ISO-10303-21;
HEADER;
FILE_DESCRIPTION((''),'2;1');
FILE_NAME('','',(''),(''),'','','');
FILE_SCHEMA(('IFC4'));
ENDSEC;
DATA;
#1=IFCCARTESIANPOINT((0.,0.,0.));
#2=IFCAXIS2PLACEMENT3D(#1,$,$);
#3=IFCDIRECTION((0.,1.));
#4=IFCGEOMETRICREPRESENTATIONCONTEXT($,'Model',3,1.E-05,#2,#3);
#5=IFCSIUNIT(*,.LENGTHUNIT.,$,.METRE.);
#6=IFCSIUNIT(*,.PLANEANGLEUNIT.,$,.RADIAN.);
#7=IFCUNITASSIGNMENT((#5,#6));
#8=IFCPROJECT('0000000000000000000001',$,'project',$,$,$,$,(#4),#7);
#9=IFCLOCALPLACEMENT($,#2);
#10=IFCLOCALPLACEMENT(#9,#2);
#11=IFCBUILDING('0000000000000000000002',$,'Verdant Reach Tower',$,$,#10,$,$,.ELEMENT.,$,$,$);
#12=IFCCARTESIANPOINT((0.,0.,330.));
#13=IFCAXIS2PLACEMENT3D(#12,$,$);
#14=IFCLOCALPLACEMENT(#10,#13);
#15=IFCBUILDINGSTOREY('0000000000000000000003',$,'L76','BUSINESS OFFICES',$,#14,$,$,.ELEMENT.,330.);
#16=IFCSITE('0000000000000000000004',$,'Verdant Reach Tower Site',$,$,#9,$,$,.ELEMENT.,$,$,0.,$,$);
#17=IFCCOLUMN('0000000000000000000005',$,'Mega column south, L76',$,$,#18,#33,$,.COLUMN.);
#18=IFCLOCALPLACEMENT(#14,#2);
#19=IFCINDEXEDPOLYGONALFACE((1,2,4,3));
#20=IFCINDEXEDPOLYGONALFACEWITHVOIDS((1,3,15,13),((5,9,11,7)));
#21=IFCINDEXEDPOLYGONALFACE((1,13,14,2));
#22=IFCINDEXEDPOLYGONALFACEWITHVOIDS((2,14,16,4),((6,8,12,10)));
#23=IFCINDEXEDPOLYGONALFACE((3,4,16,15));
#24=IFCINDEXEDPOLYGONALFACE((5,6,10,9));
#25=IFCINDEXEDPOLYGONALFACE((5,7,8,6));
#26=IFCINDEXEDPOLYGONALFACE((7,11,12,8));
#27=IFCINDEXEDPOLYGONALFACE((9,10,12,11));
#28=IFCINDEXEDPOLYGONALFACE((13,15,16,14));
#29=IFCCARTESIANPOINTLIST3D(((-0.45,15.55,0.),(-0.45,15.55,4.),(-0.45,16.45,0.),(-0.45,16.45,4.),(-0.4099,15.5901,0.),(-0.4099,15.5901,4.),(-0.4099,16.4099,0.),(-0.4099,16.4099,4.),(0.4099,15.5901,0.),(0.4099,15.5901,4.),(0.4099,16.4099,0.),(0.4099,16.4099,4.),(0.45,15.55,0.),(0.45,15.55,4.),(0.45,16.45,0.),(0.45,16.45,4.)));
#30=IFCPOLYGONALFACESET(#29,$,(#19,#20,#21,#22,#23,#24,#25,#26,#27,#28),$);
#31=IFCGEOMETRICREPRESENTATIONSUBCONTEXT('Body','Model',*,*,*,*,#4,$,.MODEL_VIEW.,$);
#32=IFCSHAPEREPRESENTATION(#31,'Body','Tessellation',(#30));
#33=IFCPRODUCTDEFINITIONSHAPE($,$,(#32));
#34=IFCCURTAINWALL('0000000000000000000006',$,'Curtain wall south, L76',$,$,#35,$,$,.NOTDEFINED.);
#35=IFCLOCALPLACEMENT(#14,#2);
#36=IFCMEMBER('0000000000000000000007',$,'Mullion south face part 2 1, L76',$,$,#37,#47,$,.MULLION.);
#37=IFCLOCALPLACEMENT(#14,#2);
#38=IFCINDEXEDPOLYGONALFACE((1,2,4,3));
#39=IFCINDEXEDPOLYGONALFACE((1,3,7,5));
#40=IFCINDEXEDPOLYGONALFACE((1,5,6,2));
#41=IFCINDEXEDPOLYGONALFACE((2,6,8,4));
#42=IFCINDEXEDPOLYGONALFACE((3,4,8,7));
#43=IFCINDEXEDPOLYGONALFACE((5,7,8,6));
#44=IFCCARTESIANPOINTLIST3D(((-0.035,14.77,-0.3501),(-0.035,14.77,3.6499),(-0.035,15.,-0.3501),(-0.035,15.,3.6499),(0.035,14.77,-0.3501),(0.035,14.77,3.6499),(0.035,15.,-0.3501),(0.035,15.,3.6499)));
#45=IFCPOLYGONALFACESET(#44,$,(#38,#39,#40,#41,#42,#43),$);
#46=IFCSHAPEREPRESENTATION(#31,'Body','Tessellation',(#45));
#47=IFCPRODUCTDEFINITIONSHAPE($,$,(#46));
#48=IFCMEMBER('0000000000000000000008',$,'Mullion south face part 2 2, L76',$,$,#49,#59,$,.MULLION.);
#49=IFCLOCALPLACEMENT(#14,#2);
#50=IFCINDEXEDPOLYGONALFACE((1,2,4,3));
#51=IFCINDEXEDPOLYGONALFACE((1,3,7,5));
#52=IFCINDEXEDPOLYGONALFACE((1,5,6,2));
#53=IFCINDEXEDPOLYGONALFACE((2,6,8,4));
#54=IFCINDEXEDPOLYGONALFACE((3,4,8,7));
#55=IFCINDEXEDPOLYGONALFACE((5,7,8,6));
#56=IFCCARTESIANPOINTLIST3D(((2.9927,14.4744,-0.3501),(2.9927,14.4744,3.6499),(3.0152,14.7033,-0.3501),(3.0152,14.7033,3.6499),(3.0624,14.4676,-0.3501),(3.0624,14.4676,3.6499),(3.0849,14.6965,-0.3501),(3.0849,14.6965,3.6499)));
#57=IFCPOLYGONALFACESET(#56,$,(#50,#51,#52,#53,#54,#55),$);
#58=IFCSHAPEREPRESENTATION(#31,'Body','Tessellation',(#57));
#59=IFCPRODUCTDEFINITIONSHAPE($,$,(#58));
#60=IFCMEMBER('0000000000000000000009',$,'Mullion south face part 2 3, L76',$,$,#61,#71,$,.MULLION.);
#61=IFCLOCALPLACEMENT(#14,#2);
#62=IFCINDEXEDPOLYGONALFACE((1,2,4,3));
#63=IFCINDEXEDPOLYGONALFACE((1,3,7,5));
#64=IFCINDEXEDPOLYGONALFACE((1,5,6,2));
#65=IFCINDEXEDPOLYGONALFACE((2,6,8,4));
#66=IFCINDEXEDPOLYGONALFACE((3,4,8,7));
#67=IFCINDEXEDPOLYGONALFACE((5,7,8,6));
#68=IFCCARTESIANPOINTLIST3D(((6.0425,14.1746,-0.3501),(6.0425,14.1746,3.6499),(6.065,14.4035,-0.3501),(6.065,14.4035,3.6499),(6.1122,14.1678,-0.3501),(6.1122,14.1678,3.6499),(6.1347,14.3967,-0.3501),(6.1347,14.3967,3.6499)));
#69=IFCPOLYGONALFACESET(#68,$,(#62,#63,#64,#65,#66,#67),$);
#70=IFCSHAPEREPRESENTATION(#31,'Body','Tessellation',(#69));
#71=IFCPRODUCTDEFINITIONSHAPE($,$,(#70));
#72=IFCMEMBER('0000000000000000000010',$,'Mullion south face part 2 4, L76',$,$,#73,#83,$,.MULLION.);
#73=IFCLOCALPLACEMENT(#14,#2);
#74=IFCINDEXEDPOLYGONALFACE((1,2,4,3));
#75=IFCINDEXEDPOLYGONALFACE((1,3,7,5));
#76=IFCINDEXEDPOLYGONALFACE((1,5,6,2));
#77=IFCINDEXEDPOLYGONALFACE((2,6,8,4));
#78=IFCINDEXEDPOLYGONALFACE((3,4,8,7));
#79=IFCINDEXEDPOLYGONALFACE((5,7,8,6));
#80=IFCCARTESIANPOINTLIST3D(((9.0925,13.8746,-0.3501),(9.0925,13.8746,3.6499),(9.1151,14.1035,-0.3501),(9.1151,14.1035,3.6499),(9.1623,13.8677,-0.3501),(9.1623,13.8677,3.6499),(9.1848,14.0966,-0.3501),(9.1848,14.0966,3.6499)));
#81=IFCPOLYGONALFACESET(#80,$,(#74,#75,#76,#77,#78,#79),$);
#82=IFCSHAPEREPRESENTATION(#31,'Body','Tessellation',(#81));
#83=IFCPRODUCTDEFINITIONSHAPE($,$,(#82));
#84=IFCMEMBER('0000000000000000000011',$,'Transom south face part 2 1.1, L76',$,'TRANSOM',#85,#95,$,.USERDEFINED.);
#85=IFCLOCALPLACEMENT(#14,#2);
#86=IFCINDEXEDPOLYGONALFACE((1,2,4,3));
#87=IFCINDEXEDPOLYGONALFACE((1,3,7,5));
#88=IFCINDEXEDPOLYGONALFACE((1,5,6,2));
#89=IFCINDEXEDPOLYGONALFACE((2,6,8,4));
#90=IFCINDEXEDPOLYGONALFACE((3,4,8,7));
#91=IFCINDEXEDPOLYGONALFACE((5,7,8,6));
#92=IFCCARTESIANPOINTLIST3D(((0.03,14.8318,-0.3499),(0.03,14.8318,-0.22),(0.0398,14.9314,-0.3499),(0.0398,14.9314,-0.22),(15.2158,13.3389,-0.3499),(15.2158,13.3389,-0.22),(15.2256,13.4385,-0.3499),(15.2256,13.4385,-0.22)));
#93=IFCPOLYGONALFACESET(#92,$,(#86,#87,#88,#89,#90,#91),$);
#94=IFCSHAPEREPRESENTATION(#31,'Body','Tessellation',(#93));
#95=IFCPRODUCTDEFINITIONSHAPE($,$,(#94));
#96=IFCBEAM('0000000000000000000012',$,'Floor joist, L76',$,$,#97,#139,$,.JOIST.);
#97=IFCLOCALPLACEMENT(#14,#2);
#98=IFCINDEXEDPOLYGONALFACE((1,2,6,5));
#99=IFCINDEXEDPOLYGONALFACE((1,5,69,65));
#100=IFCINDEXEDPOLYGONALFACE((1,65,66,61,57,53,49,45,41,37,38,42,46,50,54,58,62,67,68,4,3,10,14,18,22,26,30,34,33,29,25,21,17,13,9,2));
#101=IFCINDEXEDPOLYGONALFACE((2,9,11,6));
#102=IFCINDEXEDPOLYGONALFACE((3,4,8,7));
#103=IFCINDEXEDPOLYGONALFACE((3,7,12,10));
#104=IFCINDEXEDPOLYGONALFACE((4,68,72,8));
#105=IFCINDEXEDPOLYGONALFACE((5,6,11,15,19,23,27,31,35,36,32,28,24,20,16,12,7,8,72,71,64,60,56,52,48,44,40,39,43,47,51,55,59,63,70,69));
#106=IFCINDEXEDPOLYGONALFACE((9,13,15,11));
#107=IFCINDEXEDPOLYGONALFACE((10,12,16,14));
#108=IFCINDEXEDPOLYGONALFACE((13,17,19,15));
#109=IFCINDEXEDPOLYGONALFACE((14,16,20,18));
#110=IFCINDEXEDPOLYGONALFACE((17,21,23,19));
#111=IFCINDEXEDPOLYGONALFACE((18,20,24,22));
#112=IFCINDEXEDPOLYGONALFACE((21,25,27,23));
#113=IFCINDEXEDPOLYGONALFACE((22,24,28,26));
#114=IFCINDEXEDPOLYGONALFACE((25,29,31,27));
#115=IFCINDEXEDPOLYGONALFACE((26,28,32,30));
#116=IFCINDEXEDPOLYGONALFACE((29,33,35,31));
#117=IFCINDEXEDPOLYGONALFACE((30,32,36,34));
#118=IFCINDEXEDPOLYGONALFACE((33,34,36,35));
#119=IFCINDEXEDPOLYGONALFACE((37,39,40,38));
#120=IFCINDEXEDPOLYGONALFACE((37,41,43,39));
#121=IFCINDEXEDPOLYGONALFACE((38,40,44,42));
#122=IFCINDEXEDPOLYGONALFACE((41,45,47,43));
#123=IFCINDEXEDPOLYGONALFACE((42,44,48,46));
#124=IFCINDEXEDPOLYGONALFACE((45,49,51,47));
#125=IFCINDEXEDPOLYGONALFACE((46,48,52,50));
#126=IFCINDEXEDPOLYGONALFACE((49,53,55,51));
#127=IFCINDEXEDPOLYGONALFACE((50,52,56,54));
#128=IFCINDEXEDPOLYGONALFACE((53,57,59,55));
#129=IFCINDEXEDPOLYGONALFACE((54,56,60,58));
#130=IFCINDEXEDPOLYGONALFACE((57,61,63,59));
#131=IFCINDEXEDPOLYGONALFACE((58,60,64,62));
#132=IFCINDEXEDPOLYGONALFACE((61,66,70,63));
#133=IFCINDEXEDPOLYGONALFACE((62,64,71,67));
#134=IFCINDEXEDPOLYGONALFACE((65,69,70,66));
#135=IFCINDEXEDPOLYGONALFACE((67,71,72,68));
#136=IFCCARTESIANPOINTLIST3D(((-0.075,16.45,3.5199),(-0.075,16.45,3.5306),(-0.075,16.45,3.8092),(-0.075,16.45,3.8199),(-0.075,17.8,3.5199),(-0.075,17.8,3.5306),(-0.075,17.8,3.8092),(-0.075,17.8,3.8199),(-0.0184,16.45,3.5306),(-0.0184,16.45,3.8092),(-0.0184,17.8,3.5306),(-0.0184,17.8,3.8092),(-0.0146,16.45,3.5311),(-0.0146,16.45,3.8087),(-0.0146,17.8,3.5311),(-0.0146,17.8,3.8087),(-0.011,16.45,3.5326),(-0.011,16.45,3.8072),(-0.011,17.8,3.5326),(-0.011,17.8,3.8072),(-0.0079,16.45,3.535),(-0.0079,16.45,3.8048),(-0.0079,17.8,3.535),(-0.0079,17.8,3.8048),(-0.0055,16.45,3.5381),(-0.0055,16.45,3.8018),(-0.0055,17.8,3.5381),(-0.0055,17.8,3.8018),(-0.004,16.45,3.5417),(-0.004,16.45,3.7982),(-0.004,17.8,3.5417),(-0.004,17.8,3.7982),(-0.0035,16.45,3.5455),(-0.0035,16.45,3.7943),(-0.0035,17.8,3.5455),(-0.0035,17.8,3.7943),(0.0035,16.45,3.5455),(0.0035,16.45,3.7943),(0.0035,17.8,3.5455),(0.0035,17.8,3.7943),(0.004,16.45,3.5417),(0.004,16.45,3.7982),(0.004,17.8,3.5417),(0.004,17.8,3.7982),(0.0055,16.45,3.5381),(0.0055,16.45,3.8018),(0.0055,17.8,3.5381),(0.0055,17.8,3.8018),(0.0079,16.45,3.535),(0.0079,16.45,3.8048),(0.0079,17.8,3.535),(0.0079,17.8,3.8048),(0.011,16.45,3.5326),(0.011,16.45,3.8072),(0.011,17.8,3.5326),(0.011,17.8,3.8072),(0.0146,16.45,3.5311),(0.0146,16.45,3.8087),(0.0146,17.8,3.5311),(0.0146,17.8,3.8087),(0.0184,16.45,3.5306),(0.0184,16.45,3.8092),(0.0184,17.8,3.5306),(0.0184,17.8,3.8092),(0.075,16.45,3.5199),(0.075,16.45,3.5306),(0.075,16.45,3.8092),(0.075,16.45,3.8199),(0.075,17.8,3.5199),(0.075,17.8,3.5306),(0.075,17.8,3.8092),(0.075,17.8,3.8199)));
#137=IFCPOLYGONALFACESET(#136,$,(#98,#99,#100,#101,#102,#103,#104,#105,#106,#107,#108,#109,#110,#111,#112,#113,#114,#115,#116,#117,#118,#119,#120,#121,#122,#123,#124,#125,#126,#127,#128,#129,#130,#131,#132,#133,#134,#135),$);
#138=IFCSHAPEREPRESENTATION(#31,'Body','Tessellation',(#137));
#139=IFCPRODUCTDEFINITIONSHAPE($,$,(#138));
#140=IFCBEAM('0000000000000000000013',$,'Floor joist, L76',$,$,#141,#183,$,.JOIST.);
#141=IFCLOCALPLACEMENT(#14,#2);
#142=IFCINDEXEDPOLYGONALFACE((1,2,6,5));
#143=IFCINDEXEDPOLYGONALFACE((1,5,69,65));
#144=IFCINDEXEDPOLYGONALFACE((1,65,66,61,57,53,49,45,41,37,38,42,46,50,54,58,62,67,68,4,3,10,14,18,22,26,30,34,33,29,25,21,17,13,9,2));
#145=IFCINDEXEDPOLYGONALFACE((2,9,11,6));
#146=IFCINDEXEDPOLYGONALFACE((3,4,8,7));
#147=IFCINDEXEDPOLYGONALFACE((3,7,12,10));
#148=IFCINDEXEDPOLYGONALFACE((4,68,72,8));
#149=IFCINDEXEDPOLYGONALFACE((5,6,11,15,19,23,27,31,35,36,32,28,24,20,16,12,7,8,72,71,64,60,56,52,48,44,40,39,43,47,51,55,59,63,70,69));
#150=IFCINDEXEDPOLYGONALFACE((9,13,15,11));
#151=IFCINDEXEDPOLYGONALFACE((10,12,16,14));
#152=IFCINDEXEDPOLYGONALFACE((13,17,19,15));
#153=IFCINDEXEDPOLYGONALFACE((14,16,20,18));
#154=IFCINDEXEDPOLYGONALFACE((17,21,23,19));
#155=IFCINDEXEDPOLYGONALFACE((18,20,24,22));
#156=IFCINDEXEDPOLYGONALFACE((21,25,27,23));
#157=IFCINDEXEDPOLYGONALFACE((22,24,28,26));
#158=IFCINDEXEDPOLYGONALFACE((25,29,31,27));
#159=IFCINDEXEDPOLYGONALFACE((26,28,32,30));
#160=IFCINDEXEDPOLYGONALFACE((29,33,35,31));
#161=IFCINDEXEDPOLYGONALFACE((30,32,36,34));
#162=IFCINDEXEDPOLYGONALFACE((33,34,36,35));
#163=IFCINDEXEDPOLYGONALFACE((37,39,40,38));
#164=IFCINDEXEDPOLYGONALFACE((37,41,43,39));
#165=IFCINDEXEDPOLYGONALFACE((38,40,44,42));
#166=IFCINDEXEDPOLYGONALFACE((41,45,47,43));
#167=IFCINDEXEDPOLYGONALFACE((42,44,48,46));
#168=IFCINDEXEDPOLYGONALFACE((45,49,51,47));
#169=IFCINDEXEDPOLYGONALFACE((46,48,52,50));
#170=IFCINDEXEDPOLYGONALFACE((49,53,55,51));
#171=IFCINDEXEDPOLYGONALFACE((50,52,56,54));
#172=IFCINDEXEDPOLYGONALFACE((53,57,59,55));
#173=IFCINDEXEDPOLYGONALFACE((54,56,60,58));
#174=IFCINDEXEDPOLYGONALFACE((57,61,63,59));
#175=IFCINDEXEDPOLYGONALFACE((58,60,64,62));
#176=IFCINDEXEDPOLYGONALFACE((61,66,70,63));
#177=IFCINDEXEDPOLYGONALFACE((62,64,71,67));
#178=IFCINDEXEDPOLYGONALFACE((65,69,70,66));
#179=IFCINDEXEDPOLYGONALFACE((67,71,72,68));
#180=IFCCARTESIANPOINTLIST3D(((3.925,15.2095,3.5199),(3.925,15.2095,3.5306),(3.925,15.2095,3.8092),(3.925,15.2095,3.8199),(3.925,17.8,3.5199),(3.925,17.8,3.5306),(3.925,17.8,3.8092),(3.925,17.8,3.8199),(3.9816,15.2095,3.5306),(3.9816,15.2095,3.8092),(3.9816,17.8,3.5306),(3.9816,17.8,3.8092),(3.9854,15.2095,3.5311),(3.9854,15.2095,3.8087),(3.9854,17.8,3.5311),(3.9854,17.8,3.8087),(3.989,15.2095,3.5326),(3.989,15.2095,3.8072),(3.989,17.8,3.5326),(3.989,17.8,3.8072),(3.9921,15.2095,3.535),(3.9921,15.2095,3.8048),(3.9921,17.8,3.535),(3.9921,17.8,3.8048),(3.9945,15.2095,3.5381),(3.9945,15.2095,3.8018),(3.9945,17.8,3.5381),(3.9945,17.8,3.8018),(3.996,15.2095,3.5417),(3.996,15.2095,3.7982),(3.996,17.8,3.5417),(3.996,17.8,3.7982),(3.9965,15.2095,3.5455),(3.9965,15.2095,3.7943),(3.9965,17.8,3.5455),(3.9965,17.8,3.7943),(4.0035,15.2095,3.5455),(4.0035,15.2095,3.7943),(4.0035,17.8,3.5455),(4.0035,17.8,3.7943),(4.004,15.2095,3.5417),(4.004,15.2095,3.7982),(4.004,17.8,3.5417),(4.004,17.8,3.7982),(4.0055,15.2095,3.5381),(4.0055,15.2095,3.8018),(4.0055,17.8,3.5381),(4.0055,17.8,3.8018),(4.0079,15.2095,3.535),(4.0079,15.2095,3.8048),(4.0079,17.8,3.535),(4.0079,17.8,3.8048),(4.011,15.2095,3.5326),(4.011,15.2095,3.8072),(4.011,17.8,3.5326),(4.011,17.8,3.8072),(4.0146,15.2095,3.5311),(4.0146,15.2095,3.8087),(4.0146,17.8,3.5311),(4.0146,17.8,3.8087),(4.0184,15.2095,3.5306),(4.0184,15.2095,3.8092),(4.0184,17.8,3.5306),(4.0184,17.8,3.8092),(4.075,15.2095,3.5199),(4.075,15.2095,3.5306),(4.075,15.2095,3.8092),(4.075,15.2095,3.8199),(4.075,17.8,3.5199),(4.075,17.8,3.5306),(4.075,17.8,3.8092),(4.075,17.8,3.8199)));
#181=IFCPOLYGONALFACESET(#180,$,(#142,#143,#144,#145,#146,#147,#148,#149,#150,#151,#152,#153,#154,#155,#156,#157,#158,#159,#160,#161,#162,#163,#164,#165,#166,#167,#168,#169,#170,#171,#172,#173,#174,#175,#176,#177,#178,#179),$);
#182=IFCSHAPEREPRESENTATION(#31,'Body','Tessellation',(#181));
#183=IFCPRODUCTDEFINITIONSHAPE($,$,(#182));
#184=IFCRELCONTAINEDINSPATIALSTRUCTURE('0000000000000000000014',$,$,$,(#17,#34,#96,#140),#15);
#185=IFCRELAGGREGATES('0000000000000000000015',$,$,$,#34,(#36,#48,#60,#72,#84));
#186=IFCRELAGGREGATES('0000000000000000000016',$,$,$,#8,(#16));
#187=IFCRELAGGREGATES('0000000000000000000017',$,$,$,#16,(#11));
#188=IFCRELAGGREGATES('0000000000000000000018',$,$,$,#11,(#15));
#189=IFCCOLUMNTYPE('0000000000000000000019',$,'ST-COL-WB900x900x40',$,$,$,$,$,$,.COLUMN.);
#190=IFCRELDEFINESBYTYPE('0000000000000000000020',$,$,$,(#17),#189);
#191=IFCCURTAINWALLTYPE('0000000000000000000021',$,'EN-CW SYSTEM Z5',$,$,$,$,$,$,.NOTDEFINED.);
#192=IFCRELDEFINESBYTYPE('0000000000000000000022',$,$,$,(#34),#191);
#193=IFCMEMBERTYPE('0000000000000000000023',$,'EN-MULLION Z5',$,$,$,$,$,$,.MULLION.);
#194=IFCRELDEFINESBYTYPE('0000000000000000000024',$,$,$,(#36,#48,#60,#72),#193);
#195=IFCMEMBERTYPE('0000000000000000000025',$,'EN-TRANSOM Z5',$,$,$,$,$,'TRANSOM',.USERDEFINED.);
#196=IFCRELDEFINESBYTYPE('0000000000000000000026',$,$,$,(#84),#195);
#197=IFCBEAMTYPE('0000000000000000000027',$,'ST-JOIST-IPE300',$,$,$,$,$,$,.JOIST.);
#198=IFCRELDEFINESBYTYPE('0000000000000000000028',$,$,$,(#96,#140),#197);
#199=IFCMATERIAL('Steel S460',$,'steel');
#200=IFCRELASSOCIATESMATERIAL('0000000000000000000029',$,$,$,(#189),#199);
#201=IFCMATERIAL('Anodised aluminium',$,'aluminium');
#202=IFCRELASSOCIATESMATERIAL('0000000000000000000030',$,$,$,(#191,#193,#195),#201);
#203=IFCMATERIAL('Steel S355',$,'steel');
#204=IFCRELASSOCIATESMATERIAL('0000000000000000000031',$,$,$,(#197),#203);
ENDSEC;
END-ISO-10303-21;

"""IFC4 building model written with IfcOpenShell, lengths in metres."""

from ifc_helpers import new_model, si_unit, direction, frame, origin, origin_2d, place, context, subcontext, project, spatial, rectangle, hollow_rectangle, i_section, extrude, material, material_profile, profile_set, type_object, element, aggregate, save


model = new_model("IFC4")

# Units and contexts
model_context = context("Model", 3, precision=1e-05, world=origin(), true_north=direction((0.0, 1.0)))
body_context = subcontext(model_context, "Body", "Model", "MODEL_VIEW")
ifc_project = project(units=[si_unit("LENGTHUNIT", "METRE"), si_unit("PLANEANGLEUNIT", "RADIAN")], contexts=[model_context])

# Site, building, storey
site_placement = place(None, origin())
site = spatial("IfcSite", under=ifc_project, at=site_placement, Name="Verdant Reach Tower Site", CompositionType="ELEMENT", RefElevation=0.0)
building_placement = place(site_placement, origin())
building = spatial("IfcBuilding", under=site, at=building_placement, Name="Verdant Reach Tower", CompositionType="ELEMENT")
storey_placement = place(building_placement, frame((0.0, 0.0, 330.0)))
storey = spatial("IfcBuildingStorey", under=building, at=storey_placement, Name="L76", Description="BUSINESS OFFICES", CompositionType="ELEMENT", Elevation=330.0)

# Column
ifc_material_1 = material(Name="Steel S460", Category="steel")
ifc_material_profile_1 = material_profile(ifc_material_1, hollow_rectangle(XDim=0.8999, YDim=0.8999, WallThickness=0.04, at=origin_2d()), Name="WB 900x900x40")
ifc_profile_set_1 = profile_set([ifc_material_profile_1], Name="Steel S460")
column_type = type_object("IfcColumnType", Name="ST-COL-WB900x900x40", PredefinedType="COLUMN", material=ifc_profile_set_1)
column_placement = place(storey_placement, frame((0.0, 16.0, 0.0), z_axis=(0.0, 0.0, 1.0), x_axis=(1.0, 0.0, 0.0)))
element("IfcColumn", 1, at=column_placement, inside=storey, type_object=column_type, Name="Mega column south, L76", PredefinedType="COLUMN", context=body_context, shape_type="SweptSolid", body=[
    extrude(hollow_rectangle(XDim=0.8999, YDim=0.8999, WallThickness=0.04, at=origin_2d()), origin(), (0.0, 0.0, 1.0), 4.0),
])

# Curtain wall, members
ifc_material_2 = material(Name="Anodised aluminium", Category="aluminium")
curtain_wall_type = type_object("IfcCurtainWallType", Name="EN-CW SYSTEM Z5", PredefinedType="NOTDEFINED", material=ifc_material_2)
curtain_wall_placement = place(storey_placement, origin())
curtain_wall = element("IfcCurtainWall", 2, at=curtain_wall_placement, inside=storey, type_object=curtain_wall_type, Name="Curtain wall south, L76", PredefinedType="NOTDEFINED")
ifc_material_profile_2 = material_profile(ifc_material_2, rectangle(XDim=0.23, YDim=0.0701, at=origin_2d()), Name="Mullion 70x230")
ifc_profile_set_2 = profile_set([ifc_material_profile_2], Name="Anodised aluminium")
member_type_1 = type_object("IfcMemberType", Name="EN-MULLION Z5", PredefinedType="MULLION", material=ifc_profile_set_2)
member_1_placement = place(storey_placement, frame((0.0, 14.885, -0.3501), z_axis=(0.0, 0.0, 1.0), x_axis=(0.0, -1.0, 0.0)))
member_1 = element("IfcMember", 3, at=member_1_placement, type_object=member_type_1, Name="Mullion south face part 2 1, L76", PredefinedType="MULLION", context=body_context, shape_type="SweptSolid", body=[
    extrude(rectangle(XDim=0.23, YDim=0.0701, at=origin_2d()), origin(), (0.0, 0.0, 1.0), 4.0),
])
member_2_placement = place(storey_placement, frame((3.0388, 14.5854, -0.3501), z_axis=(0.0, 0.0, 1.0), x_axis=(-0.097888, -0.995197, 0.0)))
member_2 = element("IfcMember", 4, at=member_2_placement, type_object=member_type_1, Name="Mullion south face part 2 2, L76", PredefinedType="MULLION", context=body_context, shape_type="SweptSolid", body=[
    extrude(rectangle(XDim=0.23, YDim=0.0701, at=origin_2d()), origin(), (0.0, 0.0, 1.0), 4.0),
])
member_3_placement = place(storey_placement, frame((6.0886, 14.2856, -0.3501), z_axis=(0.0, 0.0, 1.0), x_axis=(-0.097888, -0.995197, 0.0)))
member_3 = element("IfcMember", 5, at=member_3_placement, type_object=member_type_1, Name="Mullion south face part 2 3, L76", PredefinedType="MULLION", context=body_context, shape_type="SweptSolid", body=[
    extrude(rectangle(XDim=0.23, YDim=0.0701, at=origin_2d()), origin(), (0.0, 0.0, 1.0), 4.0),
])
member_4_placement = place(storey_placement, frame((9.1387, 13.9856, -0.3501), z_axis=(0.0, 0.0, 1.0), x_axis=(-0.097888, -0.995197, 0.0)))
member_4 = element("IfcMember", 6, at=member_4_placement, type_object=member_type_1, Name="Mullion south face part 2 4, L76", PredefinedType="MULLION", context=body_context, shape_type="SweptSolid", body=[
    extrude(rectangle(XDim=0.23, YDim=0.0701, at=origin_2d()), origin(), (0.0, 0.0, 1.0), 4.0),
])
ifc_material_profile_3 = material_profile(ifc_material_2, rectangle(XDim=0.1001, YDim=0.1299, at=origin_2d()), Name="Transom 130x100")
ifc_profile_set_3 = profile_set([ifc_material_profile_3], Name="Anodised aluminium")
member_type_2 = type_object("IfcMemberType", Name="EN-TRANSOM Z5", ElementType="TRANSOM", PredefinedType="USERDEFINED", material=ifc_profile_set_3)
member_5_placement = place(storey_placement, frame((0.0349, 14.8816, -0.2849), z_axis=(0.995202, -0.097839, 0.0), x_axis=(0.097839, 0.995202, 0.0)))
member_5 = element("IfcMember", 7, at=member_5_placement, type_object=member_type_2, Name="Transom south face part 2 1.1, L76", ObjectType="TRANSOM", PredefinedType="USERDEFINED", context=body_context, shape_type="SweptSolid", body=[
    extrude(rectangle(XDim=0.1001, YDim=0.1299, at=origin_2d()), origin(), (0.0, 0.0, 1.0), 15.259),
])

# Beams
ifc_material_3 = material(Name="Steel S355", Category="steel")
ifc_material_profile_4 = material_profile(ifc_material_3, i_section(OverallWidth=0.1499, OverallDepth=0.3, WebThickness=0.0071, FlangeThickness=0.0107, FilletRadius=0.0149, at=origin_2d()), Name="IPE 300")
ifc_profile_set_4 = profile_set([ifc_material_profile_4], Name="Steel S355")
beam_type = type_object("IfcBeamType", Name="ST-JOIST-IPE300", PredefinedType="JOIST", material=ifc_profile_set_4)
beam_1_placement = place(storey_placement, frame((0.0, 17.8, 3.6699), z_axis=(0.0, -1.0, 0.0), x_axis=(1.0, 0.0, 0.0)))
element("IfcBeam", 8, at=beam_1_placement, inside=storey, type_object=beam_type, Name="Floor joist, L76", PredefinedType="JOIST", context=body_context, shape_type="SweptSolid", body=[
    extrude(i_section(OverallWidth=0.1499, OverallDepth=0.3, WebThickness=0.0071, FlangeThickness=0.0107, FilletRadius=0.0149, at=origin_2d()), origin(), (0.0, 0.0, 1.0), 1.3501),
])
beam_2_placement = place(storey_placement, frame((4.0, 17.8, 3.6699), z_axis=(0.0, -1.0, 0.0), x_axis=(1.0, 0.0, 0.0)))
element("IfcBeam", 9, at=beam_2_placement, inside=storey, type_object=beam_type, Name="Floor joist, L76", PredefinedType="JOIST", context=body_context, shape_type="SweptSolid", body=[
    extrude(i_section(OverallWidth=0.1499, OverallDepth=0.3, WebThickness=0.0071, FlangeThickness=0.0107, FilletRadius=0.0149, at=origin_2d()), origin(), (0.0, 0.0, 1.0), 2.5906),
])

aggregate(curtain_wall, [member_1, member_2, member_3, member_4, member_5])

save(model, "model.ifc")
